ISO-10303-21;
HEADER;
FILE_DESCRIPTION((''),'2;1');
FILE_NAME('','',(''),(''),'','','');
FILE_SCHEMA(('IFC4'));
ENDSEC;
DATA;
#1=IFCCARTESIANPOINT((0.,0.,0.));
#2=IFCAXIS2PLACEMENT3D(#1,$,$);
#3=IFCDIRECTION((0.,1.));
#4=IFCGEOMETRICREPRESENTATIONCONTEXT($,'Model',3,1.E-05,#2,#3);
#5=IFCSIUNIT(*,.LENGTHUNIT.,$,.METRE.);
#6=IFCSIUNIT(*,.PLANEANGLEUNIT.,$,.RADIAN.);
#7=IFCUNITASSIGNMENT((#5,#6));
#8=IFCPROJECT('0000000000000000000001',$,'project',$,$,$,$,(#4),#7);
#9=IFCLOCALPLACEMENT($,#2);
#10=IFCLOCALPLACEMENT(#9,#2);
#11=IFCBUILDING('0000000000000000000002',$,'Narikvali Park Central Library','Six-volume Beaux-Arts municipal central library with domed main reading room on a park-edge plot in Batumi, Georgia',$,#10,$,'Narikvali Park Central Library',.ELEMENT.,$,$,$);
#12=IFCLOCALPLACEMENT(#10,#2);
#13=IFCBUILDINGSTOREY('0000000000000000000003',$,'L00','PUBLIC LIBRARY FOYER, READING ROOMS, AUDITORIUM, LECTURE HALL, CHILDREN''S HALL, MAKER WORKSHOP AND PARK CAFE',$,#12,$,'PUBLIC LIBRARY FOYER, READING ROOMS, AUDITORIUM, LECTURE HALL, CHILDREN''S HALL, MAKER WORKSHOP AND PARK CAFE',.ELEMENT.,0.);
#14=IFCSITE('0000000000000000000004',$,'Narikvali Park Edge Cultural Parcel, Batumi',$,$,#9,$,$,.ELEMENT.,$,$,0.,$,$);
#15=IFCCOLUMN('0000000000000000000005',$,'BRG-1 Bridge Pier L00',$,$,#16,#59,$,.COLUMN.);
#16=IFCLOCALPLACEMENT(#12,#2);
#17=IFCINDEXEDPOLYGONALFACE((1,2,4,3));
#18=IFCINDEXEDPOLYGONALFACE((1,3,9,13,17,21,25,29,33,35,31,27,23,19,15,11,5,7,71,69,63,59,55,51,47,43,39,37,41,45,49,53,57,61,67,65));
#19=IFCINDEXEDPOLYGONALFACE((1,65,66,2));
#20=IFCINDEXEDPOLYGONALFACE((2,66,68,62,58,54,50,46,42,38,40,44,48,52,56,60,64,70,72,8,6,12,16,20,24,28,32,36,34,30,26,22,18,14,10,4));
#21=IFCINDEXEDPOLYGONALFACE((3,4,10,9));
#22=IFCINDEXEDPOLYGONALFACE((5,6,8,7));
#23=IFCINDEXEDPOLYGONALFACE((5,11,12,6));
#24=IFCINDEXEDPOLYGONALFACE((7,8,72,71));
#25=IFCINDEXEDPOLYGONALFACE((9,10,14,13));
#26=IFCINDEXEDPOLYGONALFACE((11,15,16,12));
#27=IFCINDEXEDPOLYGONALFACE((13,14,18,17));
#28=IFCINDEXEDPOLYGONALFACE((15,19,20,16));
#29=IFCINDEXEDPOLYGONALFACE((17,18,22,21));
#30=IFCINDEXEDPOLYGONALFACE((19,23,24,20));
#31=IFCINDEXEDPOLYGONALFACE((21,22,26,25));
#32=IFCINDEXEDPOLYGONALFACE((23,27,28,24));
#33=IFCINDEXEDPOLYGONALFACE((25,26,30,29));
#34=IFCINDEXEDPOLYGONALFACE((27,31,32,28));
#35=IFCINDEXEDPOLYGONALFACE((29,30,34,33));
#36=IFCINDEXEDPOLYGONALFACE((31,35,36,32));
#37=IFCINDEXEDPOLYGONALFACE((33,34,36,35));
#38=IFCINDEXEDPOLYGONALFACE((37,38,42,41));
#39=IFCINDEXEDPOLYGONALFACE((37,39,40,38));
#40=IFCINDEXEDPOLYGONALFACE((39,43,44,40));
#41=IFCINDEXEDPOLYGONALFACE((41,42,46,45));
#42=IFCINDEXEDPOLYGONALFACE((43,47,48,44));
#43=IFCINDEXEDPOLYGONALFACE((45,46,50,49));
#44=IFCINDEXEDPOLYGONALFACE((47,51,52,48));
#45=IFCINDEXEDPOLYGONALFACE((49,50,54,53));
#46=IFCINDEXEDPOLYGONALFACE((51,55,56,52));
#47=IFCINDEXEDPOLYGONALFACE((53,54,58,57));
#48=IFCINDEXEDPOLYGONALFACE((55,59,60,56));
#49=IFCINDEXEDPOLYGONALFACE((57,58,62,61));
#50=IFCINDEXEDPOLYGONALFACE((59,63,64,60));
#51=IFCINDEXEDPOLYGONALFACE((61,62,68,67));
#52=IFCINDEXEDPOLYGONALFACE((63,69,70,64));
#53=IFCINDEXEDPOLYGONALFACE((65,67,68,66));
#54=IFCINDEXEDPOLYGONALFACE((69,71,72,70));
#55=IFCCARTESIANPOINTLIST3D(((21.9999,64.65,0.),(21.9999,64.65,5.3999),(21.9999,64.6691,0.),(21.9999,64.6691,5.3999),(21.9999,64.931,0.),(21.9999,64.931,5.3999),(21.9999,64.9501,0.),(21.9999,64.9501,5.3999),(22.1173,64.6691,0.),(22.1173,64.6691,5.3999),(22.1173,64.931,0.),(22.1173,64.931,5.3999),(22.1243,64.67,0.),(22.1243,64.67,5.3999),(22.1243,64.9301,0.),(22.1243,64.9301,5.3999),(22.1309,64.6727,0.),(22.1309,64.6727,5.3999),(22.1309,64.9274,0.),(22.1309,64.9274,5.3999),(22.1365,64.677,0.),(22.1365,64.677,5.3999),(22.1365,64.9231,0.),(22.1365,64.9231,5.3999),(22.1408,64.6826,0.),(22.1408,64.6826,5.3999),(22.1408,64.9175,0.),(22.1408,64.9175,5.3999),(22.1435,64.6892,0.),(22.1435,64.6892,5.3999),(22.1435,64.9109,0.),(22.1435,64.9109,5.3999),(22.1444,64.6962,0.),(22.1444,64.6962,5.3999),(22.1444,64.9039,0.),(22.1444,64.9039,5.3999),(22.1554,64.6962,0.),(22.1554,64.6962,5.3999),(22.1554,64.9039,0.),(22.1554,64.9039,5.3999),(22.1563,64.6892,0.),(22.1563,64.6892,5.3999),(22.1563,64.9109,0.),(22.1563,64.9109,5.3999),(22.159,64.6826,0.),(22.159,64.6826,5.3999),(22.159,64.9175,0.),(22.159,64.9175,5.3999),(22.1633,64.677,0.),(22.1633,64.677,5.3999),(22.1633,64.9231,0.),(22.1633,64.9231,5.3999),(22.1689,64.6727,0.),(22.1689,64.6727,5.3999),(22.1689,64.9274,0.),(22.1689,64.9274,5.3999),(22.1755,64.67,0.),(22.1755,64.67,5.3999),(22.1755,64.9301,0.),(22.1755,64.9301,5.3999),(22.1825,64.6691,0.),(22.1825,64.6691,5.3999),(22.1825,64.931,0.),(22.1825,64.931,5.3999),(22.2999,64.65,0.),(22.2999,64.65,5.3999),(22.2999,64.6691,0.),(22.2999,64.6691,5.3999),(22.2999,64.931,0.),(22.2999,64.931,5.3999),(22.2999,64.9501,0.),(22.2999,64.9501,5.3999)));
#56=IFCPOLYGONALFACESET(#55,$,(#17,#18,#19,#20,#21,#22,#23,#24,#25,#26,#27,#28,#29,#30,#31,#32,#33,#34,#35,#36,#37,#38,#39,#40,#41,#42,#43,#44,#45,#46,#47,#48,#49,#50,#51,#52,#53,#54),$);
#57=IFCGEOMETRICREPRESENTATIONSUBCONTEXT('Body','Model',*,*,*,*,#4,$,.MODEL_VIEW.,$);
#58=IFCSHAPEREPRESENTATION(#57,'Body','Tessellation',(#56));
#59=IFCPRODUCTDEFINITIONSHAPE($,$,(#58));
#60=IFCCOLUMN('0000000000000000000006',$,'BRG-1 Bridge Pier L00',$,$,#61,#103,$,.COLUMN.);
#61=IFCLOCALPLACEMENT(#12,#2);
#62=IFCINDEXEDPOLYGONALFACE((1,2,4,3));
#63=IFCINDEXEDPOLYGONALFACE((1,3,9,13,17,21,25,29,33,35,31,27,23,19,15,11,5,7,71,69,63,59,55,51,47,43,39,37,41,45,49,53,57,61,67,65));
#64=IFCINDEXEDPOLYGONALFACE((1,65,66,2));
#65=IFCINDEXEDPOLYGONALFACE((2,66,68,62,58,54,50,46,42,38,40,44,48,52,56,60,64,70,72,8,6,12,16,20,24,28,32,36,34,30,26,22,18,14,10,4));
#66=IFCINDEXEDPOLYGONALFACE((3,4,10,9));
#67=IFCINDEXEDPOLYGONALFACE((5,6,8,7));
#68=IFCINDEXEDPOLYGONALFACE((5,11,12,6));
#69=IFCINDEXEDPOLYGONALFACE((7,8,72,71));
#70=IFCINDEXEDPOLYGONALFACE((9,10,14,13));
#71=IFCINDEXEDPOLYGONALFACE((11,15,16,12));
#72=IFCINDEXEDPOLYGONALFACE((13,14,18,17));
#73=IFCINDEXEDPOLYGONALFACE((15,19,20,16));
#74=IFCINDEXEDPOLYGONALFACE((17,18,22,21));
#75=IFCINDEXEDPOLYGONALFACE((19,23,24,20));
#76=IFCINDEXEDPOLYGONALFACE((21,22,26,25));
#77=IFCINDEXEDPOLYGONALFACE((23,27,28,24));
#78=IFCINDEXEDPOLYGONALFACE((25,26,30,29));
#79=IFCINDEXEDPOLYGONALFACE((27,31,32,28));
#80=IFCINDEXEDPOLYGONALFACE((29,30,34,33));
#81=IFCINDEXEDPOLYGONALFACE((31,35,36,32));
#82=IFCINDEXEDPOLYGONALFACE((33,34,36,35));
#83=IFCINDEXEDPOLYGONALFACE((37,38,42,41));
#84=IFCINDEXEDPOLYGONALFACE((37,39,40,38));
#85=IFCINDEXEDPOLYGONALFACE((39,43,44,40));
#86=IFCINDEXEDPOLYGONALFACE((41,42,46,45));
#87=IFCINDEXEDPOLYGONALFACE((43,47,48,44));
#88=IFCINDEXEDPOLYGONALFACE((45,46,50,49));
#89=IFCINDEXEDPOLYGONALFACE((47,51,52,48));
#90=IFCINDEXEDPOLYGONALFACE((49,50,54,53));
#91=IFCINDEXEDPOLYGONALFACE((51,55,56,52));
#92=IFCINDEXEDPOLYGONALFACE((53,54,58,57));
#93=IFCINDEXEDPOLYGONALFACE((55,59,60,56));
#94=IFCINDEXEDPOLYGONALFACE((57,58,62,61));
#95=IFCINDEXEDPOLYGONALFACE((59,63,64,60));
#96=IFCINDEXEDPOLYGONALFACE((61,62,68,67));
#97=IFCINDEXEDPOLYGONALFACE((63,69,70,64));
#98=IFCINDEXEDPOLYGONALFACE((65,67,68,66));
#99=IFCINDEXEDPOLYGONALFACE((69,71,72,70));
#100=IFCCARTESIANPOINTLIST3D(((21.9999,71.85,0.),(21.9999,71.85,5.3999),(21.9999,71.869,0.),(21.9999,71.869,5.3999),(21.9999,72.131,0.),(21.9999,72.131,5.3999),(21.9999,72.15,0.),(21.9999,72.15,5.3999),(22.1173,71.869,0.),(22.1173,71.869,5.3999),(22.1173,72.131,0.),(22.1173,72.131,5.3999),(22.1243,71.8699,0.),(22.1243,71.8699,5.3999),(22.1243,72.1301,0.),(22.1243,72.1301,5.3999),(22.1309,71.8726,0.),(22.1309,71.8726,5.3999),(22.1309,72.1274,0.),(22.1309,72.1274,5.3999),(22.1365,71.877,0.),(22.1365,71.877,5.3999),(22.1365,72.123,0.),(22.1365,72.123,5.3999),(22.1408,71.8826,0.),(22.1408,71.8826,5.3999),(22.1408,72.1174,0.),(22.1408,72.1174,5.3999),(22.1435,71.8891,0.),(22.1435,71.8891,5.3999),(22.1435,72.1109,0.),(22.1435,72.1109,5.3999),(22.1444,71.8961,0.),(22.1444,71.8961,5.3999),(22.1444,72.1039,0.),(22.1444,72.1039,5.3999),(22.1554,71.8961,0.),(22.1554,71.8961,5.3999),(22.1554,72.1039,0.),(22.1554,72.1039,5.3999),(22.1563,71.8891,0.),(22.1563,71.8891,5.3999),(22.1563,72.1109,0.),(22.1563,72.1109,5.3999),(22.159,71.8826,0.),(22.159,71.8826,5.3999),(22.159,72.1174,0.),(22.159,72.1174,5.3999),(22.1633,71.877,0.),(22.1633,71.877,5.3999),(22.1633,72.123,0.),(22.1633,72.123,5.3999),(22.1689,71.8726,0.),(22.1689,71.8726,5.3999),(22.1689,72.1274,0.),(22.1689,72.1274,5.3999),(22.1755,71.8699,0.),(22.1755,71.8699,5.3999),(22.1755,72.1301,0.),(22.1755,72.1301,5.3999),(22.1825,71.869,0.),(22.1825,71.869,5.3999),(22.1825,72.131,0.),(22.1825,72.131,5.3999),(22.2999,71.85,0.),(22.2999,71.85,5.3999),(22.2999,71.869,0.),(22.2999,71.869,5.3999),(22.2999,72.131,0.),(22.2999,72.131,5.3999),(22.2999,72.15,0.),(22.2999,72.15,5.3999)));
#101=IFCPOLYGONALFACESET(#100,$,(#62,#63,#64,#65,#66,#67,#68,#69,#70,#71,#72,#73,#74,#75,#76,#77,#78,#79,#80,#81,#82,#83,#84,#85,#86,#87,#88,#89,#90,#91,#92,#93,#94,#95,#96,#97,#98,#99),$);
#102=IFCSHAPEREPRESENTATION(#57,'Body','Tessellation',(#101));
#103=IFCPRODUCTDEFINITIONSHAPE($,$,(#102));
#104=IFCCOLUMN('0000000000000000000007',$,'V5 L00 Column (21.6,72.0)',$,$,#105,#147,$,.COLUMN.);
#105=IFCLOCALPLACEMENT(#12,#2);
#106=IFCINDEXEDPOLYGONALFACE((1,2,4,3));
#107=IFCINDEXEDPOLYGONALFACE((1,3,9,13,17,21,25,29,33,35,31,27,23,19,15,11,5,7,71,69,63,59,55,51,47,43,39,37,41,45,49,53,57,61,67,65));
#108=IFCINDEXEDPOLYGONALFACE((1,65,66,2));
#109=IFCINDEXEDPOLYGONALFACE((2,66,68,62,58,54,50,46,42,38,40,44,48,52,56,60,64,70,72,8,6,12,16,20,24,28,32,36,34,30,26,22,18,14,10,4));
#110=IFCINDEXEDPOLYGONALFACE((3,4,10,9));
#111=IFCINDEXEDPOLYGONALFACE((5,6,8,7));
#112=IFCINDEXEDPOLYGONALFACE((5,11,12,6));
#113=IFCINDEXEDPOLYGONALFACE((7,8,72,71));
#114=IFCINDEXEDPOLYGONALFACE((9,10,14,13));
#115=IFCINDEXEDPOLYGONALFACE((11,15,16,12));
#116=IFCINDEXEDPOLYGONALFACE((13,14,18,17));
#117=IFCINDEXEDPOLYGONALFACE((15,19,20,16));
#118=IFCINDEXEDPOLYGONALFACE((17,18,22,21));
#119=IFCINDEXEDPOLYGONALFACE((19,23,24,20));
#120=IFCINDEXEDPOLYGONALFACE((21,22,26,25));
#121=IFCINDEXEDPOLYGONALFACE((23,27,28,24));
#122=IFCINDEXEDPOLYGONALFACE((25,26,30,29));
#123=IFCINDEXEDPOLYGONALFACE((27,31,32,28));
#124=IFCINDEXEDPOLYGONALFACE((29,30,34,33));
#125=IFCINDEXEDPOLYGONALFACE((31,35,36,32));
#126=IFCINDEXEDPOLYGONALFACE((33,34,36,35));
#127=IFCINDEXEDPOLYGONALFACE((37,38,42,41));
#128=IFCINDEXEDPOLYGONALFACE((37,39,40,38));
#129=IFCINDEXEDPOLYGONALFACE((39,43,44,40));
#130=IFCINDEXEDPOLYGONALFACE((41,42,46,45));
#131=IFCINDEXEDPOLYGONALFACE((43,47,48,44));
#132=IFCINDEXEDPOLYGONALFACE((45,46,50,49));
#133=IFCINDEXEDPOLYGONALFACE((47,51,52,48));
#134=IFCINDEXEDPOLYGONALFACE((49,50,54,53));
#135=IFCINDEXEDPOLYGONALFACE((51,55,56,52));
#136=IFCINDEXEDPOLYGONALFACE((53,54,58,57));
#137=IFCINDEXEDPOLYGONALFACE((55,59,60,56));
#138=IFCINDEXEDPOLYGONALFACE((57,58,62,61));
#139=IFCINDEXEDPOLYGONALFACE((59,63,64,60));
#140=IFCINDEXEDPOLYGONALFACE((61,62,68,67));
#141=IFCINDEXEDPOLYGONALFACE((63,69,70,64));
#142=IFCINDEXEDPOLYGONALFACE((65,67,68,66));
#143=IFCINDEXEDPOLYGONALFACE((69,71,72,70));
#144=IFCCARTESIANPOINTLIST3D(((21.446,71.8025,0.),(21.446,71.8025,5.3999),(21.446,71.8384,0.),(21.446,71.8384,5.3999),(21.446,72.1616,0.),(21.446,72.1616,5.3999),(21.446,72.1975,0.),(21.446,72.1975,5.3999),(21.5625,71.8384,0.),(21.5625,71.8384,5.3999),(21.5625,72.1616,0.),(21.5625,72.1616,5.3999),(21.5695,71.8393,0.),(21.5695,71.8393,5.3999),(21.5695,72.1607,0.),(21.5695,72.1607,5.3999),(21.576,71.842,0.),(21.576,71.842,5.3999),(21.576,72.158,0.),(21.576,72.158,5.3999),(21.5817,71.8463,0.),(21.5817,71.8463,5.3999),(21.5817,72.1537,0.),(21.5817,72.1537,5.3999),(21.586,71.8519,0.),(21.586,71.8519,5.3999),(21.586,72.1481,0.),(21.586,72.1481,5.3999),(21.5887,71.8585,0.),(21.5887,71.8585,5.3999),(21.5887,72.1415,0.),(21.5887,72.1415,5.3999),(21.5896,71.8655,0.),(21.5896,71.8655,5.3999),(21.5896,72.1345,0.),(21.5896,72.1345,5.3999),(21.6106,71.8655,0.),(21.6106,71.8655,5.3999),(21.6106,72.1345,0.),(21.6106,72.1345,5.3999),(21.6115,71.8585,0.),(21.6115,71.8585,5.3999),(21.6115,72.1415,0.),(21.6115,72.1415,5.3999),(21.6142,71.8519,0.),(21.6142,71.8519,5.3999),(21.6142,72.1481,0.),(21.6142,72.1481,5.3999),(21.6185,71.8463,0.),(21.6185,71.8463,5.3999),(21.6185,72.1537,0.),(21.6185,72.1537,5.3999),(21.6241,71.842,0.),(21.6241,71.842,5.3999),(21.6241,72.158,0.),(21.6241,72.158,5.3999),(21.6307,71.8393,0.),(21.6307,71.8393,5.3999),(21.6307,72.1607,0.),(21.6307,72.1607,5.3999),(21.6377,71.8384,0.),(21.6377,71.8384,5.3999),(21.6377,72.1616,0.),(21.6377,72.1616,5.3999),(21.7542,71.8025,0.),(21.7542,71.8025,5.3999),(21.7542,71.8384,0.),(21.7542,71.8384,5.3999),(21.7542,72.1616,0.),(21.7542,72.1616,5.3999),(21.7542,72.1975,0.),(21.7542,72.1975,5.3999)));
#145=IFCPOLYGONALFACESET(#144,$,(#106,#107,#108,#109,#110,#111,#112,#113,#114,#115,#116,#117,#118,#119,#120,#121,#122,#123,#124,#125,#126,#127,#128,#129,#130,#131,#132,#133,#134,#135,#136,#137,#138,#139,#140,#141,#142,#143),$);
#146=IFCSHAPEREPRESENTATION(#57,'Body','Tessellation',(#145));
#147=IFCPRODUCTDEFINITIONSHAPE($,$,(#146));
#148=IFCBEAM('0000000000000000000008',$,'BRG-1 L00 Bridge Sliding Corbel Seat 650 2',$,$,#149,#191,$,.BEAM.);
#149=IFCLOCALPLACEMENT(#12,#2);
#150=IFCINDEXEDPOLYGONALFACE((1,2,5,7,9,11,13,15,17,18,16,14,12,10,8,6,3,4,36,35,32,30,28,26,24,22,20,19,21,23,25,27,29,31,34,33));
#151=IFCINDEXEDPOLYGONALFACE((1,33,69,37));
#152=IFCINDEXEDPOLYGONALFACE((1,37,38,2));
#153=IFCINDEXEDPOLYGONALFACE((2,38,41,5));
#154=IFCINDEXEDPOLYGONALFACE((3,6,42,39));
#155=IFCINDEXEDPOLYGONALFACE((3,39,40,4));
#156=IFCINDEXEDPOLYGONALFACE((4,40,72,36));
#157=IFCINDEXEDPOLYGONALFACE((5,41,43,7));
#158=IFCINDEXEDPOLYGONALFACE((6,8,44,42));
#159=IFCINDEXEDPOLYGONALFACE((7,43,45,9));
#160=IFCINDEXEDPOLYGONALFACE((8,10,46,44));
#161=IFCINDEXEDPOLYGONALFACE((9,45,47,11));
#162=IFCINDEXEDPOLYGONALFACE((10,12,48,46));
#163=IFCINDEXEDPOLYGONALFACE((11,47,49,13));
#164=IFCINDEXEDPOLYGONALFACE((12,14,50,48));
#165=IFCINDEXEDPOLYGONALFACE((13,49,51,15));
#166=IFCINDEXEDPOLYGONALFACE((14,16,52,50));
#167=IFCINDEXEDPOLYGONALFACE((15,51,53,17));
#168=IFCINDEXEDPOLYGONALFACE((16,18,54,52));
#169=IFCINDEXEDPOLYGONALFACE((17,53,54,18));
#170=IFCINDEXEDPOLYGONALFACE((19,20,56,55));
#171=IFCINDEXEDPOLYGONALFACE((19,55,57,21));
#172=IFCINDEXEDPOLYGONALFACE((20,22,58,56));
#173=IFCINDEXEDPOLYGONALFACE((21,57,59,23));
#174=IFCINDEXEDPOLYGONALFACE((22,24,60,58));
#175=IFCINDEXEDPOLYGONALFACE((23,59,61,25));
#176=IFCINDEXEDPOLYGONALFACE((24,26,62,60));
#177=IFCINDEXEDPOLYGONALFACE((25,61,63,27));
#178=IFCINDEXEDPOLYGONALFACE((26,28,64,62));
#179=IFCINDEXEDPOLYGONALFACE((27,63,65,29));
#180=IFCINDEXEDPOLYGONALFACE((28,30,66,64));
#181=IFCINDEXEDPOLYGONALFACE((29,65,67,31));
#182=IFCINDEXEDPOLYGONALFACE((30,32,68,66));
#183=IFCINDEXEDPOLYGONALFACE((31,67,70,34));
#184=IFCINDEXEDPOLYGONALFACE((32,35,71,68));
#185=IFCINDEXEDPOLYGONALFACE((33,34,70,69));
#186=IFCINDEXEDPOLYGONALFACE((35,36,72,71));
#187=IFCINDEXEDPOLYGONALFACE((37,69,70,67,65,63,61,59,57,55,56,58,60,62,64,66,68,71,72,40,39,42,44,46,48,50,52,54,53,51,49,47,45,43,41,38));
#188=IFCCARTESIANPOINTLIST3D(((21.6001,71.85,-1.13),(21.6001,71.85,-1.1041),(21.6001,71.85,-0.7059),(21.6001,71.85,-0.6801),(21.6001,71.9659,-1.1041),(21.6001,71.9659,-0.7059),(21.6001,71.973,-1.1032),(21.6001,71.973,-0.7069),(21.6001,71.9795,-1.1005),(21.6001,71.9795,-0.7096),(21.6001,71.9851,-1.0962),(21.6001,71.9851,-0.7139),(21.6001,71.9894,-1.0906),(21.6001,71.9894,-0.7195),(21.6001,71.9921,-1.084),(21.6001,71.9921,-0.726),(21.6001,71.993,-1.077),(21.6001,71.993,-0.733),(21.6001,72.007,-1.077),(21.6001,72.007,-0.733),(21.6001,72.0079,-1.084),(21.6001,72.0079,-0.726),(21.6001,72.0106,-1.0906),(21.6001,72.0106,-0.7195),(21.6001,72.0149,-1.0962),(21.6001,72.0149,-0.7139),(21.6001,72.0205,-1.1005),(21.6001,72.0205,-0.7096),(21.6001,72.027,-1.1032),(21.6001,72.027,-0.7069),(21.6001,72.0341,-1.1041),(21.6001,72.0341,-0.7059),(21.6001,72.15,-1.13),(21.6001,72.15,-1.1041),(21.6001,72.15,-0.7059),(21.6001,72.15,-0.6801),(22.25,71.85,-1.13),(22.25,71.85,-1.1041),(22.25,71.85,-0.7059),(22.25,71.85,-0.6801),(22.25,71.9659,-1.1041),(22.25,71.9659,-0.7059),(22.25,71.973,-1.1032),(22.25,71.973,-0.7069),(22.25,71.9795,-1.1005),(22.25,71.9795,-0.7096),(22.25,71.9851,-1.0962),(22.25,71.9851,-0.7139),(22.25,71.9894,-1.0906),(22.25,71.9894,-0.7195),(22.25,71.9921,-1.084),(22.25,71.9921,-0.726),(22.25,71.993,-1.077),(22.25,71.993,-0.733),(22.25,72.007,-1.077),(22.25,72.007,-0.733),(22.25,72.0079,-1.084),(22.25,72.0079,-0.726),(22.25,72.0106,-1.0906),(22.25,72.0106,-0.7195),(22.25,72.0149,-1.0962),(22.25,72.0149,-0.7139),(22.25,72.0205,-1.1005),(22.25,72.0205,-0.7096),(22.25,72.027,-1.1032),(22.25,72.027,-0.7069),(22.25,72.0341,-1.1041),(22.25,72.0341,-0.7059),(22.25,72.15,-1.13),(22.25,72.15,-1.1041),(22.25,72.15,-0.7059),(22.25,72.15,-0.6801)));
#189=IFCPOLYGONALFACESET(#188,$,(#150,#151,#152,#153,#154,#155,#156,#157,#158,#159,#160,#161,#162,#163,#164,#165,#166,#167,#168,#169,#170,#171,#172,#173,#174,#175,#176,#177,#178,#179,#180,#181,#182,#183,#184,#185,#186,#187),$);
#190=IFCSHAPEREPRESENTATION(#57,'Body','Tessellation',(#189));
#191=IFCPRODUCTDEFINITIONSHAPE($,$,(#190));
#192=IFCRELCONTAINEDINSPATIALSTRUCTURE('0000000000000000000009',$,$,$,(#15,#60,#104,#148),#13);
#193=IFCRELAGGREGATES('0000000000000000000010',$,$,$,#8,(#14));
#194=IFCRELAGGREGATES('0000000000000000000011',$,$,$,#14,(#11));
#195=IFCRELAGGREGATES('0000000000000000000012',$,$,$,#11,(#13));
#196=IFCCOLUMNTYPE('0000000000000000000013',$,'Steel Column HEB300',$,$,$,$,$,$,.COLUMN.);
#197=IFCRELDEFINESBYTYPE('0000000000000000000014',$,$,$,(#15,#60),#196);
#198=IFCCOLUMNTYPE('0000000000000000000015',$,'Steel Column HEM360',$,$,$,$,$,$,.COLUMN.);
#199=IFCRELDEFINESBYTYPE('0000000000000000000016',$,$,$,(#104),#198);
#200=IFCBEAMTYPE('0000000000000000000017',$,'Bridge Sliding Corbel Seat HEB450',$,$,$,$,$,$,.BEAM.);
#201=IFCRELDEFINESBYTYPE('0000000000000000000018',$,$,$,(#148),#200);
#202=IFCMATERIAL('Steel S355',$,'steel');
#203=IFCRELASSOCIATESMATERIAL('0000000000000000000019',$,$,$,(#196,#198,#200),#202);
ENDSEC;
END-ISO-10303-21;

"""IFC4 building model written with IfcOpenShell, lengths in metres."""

from ifc_helpers import new_model, si_unit, direction, frame, origin, origin_2d, place, context, subcontext, project, spatial, i_section, extrude, material, material_profile, profile_set, type_object, element, save


model = new_model("IFC4")

# Units and contexts
model_context = context("Model", 3, precision=1e-05, world=origin(), true_north=direction((0.0, 1.0)))
body_context = subcontext(model_context, "Body", "Model", "MODEL_VIEW")
ifc_project = project(units=[si_unit("LENGTHUNIT", "METRE"), si_unit("PLANEANGLEUNIT", "RADIAN")], contexts=[model_context])

# Site, building, storey
site_placement = place(None, origin())
site = spatial("IfcSite", under=ifc_project, at=site_placement, Name="Narikvali Park Edge Cultural Parcel, Batumi", CompositionType="ELEMENT", RefElevation=0.0)
building_placement = place(site_placement, origin())
building = spatial("IfcBuilding", under=site, at=building_placement, Name="Narikvali Park Central Library", Description="Six-volume Beaux-Arts municipal central library with domed main reading room on a park-edge plot in Batumi, Georgia", LongName="Narikvali Park Central Library", CompositionType="ELEMENT")
storey_placement = place(building_placement, origin())
storey = spatial("IfcBuildingStorey", under=building, at=storey_placement, Name="L00", Description="PUBLIC LIBRARY FOYER, READING ROOMS, AUDITORIUM, LECTURE HALL, CHILDREN'S HALL, MAKER WORKSHOP AND PARK CAFE", LongName="PUBLIC LIBRARY FOYER, READING ROOMS, AUDITORIUM, LECTURE HALL, CHILDREN'S HALL, MAKER WORKSHOP AND PARK CAFE", CompositionType="ELEMENT", Elevation=0.0)

# Columns
ifc_material_1 = material(Name="Steel S355", Category="steel")
ifc_material_profile_1 = material_profile(ifc_material_1, i_section(OverallWidth=0.3, OverallDepth=0.3, WebThickness=0.011, FlangeThickness=0.019, FilletRadius=0.0271, at=origin_2d()), Name="HEB 300")
ifc_profile_set_1 = profile_set([ifc_material_profile_1], Name="Steel S355")
column_type_1 = type_object("IfcColumnType", Name="Steel Column HEB300", PredefinedType="COLUMN", material=ifc_profile_set_1)
for number, where, z_axis, x_axis, name in (
    (1, (22.1499, 64.8, 0.0), (0.0, 0.0, 1.0), (1.0, 0.0, 0.0), "BRG-1 Bridge Pier L00"),
    (2, (22.1499, 72.0, 0.0), (0.0, 0.0, 1.0), (1.0, 0.0, 0.0), "BRG-1 Bridge Pier L00"),
):
    element("IfcColumn", number, at=place(storey_placement, frame(where, z_axis=z_axis, x_axis=x_axis)), inside=storey, type_object=column_type_1, Name=name, PredefinedType="COLUMN", context=body_context, shape_type="SweptSolid", body=[
        extrude(i_section(OverallWidth=0.3, OverallDepth=0.3, WebThickness=0.011, FlangeThickness=0.019, FilletRadius=0.0271, at=origin_2d()), origin(), (0.0, 0.0, 1.0), 5.3999),
    ])
ifc_material_profile_2 = material_profile(ifc_material_1, i_section(OverallWidth=0.3081, OverallDepth=0.395, WebThickness=0.021, FlangeThickness=0.0359, FilletRadius=0.0271, at=origin_2d()), Name="HEM 360")
ifc_profile_set_2 = profile_set([ifc_material_profile_2], Name="Steel S355")
column_type_2 = type_object("IfcColumnType", Name="Steel Column HEM360", PredefinedType="COLUMN", material=ifc_profile_set_2)
column_placement = place(storey_placement, frame((21.6001, 72.0, 0.0), z_axis=(0.0, 0.0, 1.0), x_axis=(1.0, 0.0, 0.0)))
element("IfcColumn", 3, at=column_placement, inside=storey, type_object=column_type_2, Name="V5 L00 Column (21.6,72.0)", PredefinedType="COLUMN", context=body_context, shape_type="SweptSolid", body=[
    extrude(i_section(OverallWidth=0.3081, OverallDepth=0.395, WebThickness=0.021, FlangeThickness=0.0359, FilletRadius=0.0271, at=origin_2d()), origin(), (0.0, 0.0, 1.0), 5.3999),
])

# Beam
ifc_material_profile_3 = material_profile(ifc_material_1, i_section(OverallWidth=0.3, OverallDepth=0.45, WebThickness=0.0139, FlangeThickness=0.0259, FilletRadius=0.0271, at=origin_2d()), Name="HEB 450")
ifc_profile_set_3 = profile_set([ifc_material_profile_3], Name="Steel S355")
beam_type_1 = type_object("IfcBeamType", Name="Bridge Sliding Corbel Seat HEB450", PredefinedType="BEAM", material=ifc_profile_set_3)
beam_1_placement = place(storey_placement, frame((21.6001, 72.0, -0.905), z_axis=(1.0, 0.0, 0.0), x_axis=(0.0, 1.0, 0.0)))
element("IfcBeam", 4, at=beam_1_placement, inside=storey, type_object=beam_type_1, Name="BRG-1 L00 Bridge Sliding Corbel Seat 650 2", PredefinedType="BEAM", context=body_context, shape_type="SweptSolid", body=[
    extrude(i_section(OverallWidth=0.3, OverallDepth=0.45, WebThickness=0.0139, FlangeThickness=0.0259, FilletRadius=0.0271, at=origin_2d()), origin(), (0.0, 0.0, 1.0), 0.6499),
])

save(model, "model.ifc")
